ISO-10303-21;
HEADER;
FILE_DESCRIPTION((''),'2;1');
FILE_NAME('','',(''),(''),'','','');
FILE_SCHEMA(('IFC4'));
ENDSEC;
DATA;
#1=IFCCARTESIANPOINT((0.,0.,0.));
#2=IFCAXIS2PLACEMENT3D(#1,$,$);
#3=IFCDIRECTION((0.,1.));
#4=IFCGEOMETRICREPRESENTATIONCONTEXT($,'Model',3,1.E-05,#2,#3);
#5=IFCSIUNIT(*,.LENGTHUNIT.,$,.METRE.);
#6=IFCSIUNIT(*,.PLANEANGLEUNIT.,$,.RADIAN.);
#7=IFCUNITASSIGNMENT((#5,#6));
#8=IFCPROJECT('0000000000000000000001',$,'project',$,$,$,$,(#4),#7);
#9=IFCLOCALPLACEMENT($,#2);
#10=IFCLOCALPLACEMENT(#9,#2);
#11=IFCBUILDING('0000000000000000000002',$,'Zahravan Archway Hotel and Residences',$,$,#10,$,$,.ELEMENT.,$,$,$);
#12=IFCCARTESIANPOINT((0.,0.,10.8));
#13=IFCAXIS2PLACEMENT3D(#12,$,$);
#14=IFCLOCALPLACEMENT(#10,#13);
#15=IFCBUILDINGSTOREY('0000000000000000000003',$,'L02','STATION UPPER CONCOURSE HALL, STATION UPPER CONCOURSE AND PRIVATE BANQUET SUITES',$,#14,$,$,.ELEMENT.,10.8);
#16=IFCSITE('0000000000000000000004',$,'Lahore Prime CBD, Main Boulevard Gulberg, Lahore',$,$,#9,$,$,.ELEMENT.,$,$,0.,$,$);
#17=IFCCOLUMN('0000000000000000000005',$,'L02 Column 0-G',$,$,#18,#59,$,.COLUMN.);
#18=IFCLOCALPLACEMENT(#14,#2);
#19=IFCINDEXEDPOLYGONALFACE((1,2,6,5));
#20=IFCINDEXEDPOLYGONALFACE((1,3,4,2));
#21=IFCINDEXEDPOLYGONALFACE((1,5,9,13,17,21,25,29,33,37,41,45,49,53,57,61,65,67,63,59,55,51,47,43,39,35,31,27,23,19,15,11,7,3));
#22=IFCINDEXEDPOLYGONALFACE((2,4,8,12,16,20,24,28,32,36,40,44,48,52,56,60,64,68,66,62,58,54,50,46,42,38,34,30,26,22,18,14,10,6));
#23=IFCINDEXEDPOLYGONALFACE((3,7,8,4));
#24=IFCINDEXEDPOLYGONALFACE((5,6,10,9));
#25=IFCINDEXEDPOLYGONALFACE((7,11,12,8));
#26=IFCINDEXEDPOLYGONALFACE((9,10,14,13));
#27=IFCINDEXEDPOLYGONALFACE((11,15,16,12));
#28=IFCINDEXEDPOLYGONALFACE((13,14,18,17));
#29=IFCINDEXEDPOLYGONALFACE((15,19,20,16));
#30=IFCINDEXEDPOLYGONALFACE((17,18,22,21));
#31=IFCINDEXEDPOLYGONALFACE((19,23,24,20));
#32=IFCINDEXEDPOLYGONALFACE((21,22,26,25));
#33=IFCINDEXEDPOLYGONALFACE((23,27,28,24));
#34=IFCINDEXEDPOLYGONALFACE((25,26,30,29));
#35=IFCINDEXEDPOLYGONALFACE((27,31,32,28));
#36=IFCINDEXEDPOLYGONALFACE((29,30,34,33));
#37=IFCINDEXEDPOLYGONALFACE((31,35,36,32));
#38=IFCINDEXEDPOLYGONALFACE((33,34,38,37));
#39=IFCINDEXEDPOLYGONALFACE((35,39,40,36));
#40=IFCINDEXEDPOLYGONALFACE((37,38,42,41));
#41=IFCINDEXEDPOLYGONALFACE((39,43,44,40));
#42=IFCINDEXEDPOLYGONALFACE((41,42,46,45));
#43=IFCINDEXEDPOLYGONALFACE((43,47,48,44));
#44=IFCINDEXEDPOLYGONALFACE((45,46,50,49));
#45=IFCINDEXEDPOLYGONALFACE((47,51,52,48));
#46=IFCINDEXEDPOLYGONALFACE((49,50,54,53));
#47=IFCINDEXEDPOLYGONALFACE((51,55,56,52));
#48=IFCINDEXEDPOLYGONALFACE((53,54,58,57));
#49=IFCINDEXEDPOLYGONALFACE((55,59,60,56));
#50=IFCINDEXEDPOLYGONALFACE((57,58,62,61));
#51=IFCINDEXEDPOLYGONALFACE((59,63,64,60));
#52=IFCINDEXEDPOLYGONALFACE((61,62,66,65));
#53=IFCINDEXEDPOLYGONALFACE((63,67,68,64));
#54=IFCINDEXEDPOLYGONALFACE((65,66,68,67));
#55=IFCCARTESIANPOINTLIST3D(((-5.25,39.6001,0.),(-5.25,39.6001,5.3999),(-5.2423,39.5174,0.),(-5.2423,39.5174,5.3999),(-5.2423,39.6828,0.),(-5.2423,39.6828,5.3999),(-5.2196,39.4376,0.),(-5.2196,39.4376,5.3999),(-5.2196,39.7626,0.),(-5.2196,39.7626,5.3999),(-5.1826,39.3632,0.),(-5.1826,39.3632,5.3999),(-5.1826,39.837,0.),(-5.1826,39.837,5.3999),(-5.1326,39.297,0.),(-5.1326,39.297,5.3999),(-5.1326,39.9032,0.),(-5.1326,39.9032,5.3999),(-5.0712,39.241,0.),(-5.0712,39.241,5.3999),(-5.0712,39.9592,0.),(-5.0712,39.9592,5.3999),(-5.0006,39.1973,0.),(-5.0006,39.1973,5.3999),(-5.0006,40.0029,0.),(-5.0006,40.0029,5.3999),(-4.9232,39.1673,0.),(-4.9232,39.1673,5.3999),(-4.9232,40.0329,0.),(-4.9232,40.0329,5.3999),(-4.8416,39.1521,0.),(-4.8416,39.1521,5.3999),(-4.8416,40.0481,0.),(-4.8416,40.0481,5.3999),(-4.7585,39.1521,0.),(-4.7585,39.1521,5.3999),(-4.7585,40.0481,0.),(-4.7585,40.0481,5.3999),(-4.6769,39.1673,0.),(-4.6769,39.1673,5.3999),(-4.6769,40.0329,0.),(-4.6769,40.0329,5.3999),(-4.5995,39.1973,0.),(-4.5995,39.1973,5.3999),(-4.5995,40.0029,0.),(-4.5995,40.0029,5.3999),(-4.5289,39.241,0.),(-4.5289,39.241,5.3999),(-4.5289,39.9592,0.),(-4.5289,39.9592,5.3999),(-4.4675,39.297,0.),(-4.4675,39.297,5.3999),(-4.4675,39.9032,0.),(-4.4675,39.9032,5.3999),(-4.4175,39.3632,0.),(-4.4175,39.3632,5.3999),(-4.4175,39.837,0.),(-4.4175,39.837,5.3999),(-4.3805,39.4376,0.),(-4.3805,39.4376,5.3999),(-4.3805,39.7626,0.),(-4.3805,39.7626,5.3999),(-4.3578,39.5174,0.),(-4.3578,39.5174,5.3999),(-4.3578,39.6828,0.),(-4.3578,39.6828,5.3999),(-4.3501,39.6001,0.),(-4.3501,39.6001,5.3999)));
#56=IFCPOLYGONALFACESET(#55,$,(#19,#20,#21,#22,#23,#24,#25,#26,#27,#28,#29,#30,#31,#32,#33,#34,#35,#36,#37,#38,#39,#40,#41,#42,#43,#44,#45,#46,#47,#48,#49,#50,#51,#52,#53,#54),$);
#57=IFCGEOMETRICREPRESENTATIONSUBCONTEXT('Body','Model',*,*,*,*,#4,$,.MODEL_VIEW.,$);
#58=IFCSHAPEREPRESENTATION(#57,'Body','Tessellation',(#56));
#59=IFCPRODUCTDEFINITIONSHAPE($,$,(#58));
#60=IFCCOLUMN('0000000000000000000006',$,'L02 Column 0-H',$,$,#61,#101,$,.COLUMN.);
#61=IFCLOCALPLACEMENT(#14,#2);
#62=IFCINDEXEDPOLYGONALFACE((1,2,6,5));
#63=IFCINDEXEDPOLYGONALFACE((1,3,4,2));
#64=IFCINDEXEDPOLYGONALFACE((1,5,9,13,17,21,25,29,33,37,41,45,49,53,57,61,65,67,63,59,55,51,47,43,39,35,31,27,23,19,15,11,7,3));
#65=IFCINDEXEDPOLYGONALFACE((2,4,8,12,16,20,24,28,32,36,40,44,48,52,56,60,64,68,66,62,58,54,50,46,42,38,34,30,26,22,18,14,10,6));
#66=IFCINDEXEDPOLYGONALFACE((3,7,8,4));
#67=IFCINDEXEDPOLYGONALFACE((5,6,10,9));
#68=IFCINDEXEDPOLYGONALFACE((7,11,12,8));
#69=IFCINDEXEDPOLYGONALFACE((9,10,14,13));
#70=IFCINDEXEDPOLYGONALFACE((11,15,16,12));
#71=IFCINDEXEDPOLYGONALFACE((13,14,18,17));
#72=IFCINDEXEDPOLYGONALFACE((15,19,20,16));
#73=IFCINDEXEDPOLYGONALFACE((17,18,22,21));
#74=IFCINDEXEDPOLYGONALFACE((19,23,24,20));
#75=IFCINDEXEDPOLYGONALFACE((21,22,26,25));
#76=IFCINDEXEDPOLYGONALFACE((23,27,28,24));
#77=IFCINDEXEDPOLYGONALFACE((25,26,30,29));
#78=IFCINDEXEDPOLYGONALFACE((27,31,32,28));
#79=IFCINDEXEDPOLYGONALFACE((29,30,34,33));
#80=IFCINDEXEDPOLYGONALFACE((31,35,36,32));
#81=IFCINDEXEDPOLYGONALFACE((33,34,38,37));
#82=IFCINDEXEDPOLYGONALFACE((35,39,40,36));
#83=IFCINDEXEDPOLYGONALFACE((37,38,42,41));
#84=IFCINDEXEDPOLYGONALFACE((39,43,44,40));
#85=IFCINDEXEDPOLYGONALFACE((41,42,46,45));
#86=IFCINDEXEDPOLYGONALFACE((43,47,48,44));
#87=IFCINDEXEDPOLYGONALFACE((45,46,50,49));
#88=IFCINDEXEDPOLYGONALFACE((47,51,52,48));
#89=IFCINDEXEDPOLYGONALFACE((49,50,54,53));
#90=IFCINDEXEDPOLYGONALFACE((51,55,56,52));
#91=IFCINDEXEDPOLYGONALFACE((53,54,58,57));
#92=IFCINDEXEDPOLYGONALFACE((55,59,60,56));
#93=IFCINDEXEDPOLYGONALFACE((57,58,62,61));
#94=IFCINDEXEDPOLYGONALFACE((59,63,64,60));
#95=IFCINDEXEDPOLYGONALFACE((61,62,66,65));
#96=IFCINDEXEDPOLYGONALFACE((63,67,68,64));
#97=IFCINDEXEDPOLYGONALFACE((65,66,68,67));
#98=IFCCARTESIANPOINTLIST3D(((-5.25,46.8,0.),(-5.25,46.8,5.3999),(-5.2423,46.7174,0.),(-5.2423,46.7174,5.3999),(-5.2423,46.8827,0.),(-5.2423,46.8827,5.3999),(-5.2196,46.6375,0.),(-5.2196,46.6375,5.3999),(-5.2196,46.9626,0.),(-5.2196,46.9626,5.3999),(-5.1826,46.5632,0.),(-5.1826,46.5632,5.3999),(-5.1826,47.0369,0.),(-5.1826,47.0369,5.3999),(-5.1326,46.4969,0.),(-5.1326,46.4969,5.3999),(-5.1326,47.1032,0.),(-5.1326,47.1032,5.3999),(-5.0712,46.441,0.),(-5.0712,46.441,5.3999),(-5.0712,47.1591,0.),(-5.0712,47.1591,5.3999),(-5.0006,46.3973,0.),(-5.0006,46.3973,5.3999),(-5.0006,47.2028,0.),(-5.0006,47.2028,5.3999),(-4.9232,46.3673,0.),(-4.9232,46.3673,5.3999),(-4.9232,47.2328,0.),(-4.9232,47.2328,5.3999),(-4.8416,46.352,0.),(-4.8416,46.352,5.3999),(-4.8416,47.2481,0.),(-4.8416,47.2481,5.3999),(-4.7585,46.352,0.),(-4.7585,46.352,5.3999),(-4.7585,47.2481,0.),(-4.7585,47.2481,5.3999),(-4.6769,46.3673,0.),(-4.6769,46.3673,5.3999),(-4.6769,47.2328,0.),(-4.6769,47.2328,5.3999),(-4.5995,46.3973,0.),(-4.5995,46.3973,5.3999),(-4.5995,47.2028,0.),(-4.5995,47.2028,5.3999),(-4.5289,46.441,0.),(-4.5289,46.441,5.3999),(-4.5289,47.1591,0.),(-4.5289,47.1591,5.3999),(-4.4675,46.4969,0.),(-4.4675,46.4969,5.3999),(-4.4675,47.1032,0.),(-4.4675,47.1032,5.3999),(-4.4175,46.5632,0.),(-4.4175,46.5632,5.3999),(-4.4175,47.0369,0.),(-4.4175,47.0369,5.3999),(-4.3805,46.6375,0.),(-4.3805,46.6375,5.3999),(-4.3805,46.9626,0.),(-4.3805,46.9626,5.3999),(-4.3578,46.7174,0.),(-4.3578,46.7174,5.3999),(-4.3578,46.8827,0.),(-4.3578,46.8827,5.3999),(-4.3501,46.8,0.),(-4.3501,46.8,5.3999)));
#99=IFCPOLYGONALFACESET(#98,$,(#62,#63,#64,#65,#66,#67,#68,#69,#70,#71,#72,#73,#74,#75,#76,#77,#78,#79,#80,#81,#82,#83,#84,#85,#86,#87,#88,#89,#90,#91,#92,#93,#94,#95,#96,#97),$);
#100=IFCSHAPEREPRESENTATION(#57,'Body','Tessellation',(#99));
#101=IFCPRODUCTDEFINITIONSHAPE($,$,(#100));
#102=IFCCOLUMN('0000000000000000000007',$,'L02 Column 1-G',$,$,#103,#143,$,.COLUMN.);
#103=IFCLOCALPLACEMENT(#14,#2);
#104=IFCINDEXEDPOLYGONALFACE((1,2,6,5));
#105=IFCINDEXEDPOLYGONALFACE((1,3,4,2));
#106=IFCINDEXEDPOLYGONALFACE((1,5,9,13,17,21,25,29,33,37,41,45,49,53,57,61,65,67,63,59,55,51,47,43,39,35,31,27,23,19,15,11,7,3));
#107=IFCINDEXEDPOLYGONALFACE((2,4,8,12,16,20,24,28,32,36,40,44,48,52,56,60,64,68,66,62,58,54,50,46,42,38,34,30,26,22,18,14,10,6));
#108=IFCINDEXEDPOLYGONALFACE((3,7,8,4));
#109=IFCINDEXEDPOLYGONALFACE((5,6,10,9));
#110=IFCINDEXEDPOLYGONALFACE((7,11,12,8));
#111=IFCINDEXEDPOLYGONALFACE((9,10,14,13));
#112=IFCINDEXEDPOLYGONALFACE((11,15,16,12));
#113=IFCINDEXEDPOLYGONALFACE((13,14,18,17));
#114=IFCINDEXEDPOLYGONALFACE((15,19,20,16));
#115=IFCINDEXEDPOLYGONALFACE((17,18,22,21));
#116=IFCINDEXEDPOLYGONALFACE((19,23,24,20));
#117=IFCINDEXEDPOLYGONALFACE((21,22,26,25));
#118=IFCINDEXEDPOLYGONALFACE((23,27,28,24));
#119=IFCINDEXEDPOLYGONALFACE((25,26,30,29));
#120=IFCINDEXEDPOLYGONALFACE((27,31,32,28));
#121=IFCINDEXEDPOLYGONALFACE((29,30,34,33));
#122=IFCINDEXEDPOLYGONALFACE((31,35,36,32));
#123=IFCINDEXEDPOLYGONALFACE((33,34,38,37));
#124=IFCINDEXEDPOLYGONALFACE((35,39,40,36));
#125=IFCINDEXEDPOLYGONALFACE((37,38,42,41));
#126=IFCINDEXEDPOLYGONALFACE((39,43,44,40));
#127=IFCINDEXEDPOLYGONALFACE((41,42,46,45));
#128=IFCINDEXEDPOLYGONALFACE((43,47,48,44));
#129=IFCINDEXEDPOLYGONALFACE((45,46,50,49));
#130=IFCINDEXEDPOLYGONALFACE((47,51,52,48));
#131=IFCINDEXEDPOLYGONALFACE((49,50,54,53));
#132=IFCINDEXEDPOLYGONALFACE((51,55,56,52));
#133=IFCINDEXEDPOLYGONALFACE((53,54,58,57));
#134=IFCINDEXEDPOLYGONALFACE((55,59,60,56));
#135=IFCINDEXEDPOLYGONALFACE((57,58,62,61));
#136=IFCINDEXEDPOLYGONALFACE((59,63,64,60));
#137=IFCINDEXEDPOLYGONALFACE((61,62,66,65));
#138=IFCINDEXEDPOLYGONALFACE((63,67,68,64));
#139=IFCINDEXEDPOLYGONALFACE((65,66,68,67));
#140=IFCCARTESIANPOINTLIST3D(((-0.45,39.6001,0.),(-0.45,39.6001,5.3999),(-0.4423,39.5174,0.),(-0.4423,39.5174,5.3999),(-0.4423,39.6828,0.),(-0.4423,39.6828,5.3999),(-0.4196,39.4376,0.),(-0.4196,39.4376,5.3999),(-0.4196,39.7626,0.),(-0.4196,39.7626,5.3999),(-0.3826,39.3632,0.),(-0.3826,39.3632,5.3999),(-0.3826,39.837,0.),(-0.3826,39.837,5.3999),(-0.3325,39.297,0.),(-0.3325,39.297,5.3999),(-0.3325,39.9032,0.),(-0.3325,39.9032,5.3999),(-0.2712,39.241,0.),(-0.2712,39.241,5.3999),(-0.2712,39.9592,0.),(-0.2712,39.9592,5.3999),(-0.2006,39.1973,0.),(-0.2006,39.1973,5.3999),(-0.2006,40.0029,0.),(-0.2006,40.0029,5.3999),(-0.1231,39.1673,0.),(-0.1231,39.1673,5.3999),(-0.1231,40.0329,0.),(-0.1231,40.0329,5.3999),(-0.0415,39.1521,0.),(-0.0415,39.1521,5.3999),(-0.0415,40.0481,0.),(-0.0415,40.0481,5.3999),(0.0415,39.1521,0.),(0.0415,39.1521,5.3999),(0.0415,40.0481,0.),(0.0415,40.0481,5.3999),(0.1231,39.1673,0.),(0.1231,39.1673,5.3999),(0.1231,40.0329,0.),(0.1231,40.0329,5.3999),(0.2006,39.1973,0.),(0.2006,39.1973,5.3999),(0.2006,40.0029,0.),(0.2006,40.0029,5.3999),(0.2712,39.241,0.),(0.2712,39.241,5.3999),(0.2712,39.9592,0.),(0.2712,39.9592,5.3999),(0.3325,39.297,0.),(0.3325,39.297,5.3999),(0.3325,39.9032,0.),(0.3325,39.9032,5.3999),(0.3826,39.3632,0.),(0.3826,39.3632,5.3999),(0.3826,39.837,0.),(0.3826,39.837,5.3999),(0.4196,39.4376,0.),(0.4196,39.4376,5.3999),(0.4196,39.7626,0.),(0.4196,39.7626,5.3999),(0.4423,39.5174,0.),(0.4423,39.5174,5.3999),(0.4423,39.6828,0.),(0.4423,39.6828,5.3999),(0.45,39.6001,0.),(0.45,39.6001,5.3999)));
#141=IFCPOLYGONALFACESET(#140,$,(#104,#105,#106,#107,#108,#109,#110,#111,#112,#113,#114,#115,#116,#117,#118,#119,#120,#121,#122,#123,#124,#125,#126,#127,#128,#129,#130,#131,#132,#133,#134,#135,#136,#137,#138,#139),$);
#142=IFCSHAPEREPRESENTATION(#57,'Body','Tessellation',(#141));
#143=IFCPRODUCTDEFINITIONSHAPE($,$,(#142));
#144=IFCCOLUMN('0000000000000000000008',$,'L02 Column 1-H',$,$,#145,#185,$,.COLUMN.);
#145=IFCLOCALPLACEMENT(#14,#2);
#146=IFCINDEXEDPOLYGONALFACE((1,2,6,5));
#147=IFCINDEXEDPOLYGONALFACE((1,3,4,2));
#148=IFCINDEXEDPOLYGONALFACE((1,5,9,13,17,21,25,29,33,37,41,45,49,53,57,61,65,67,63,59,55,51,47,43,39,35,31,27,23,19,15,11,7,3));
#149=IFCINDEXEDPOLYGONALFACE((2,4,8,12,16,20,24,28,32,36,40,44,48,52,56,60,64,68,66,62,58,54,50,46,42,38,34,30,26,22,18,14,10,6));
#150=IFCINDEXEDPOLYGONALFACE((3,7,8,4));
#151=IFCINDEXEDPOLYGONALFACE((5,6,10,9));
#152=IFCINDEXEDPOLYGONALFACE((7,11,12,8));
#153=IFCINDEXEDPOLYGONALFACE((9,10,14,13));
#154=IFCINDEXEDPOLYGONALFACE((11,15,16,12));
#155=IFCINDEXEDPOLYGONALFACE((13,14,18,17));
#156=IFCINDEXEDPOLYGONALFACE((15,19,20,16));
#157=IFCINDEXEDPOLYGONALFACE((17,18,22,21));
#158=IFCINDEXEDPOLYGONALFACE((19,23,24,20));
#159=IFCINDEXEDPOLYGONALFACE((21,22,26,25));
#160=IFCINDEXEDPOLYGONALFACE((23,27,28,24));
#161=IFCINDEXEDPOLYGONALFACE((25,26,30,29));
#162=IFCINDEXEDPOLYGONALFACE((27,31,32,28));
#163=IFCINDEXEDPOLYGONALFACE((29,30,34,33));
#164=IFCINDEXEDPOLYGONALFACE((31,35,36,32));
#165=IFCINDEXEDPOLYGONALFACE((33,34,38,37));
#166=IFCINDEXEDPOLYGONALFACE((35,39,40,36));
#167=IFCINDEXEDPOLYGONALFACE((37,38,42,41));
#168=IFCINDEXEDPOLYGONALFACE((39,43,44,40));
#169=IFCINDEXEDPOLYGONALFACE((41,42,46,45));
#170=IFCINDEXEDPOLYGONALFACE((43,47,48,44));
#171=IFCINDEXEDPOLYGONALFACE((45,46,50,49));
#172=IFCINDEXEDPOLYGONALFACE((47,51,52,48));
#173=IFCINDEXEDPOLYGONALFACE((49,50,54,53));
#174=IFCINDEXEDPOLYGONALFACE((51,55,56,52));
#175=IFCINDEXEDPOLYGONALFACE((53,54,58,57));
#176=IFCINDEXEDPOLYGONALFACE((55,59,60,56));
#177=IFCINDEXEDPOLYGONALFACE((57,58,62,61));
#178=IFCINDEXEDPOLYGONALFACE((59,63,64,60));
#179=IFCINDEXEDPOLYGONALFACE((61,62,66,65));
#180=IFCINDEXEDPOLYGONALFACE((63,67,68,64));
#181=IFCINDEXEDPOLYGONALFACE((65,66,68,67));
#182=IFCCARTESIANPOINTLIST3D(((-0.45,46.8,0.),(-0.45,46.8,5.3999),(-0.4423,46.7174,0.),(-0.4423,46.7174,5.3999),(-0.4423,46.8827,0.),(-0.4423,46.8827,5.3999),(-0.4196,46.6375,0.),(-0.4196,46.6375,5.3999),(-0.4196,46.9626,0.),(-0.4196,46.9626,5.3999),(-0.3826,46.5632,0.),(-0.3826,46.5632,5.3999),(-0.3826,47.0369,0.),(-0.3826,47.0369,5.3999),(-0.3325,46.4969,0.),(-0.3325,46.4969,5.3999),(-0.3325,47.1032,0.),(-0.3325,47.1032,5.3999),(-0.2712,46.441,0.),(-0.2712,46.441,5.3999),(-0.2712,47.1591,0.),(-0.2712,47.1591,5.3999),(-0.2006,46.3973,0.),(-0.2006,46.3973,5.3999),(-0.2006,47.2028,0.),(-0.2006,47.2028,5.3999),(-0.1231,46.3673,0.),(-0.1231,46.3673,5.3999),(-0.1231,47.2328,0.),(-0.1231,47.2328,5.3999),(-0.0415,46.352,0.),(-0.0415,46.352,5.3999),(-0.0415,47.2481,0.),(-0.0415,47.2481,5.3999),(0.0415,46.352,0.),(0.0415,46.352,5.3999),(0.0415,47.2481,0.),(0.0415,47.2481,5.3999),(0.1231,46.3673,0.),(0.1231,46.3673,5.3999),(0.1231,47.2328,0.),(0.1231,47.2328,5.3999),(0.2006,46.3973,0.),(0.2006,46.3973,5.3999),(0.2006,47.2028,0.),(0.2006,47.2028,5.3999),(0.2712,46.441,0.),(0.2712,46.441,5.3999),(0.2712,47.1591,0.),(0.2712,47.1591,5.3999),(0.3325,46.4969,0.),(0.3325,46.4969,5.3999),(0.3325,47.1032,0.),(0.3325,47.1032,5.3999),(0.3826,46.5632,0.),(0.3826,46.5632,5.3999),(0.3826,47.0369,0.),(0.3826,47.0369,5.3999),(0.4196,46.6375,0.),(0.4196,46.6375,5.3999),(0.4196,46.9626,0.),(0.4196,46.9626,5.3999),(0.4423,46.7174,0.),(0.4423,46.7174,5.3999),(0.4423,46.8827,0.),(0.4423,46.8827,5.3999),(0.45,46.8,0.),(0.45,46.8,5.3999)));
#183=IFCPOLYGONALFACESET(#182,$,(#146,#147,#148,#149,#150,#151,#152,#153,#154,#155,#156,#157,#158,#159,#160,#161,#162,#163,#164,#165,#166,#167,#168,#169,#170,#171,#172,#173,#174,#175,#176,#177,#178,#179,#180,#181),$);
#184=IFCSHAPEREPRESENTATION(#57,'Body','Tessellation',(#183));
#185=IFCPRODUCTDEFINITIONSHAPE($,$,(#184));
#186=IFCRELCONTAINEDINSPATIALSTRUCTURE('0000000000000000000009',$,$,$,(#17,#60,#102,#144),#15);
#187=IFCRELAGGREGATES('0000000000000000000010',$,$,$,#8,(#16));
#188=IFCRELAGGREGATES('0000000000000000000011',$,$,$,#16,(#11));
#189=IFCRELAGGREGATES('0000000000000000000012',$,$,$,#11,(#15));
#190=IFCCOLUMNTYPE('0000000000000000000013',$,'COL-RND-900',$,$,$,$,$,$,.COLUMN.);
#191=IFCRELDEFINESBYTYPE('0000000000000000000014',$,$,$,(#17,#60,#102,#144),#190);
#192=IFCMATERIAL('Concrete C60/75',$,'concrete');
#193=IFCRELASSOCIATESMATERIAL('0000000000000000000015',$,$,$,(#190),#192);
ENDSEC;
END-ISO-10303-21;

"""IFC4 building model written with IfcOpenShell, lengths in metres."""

from ifc_helpers import new_model, si_unit, direction, frame, origin, origin_2d, place, context, subcontext, project, spatial, circle, extrude, source, transform, mapped, material, material_profile, profile_set, type_object, type_shapes, element, save


model = new_model("IFC4")

# Units and contexts
model_context = context("Model", 3, precision=1e-05, world=origin(), true_north=direction((0.0, 1.0)))
body_context = subcontext(model_context, "Body", "Model", "MODEL_VIEW")
ifc_project = project(units=[si_unit("LENGTHUNIT", "METRE"), si_unit("PLANEANGLEUNIT", "RADIAN")], contexts=[model_context])

# Site, building, storey
site_placement = place(None, origin())
site = spatial("IfcSite", under=ifc_project, at=site_placement, Name="Lahore Prime CBD, Main Boulevard Gulberg, Lahore", CompositionType="ELEMENT", RefElevation=0.0)
building_placement = place(site_placement, origin())
building = spatial("IfcBuilding", under=site, at=building_placement, Name="Zahravan Archway Hotel and Residences", CompositionType="ELEMENT")
storey_placement = place(building_placement, frame((0.0, 0.0, 10.8)))
storey = spatial("IfcBuildingStorey", under=building, at=storey_placement, Name="L02", Description="STATION UPPER CONCOURSE HALL, STATION UPPER CONCOURSE AND PRIVATE BANQUET SUITES", CompositionType="ELEMENT", Elevation=10.8)

# Columns
ifc_material_1 = material(Name="Concrete C60/75", Category="concrete")
ifc_material_profile_1 = material_profile(ifc_material_1, circle(Radius=0.45, at=origin_2d()), Name="RC-CIRC-900", Category="concrete")
ifc_profile_set_1 = profile_set([ifc_material_profile_1], Name="Concrete C60/75")
column_type = type_object("IfcColumnType", Name="COL-RND-900", PredefinedType="COLUMN", material=ifc_profile_set_1)
shared_shape_1 = source(origin(), body_context, "Body", "SweptSolid", [
    extrude(circle(Radius=0.45, at=origin_2d()), origin(), (0.0, 0.0, 1.0), 5.3999),
])
type_shapes(column_type, [shared_shape_1])
for number, where, z_axis, x_axis, name in (
    (1, (-4.8, 39.6001, 0.0), (0.0, 0.0, 1.0), (1.0, 0.0, 0.0), "L02 Column 0-G"),
    (2, (-4.8, 46.8, 0.0), (0.0, 0.0, 1.0), (1.0, 0.0, 0.0), "L02 Column 0-H"),
    (3, (0.0, 39.6001, 0.0), (0.0, 0.0, 1.0), (1.0, 0.0, 0.0), "L02 Column 1-G"),
    (4, (0.0, 46.8, 0.0), (0.0, 0.0, 1.0), (1.0, 0.0, 0.0), "L02 Column 1-H"),
):
    element("IfcColumn", number, at=place(storey_placement, frame(where, z_axis=z_axis, x_axis=x_axis)), inside=storey, type_object=column_type, Name=name, PredefinedType="COLUMN", context=body_context, shape_type="MappedRepresentation", body=[
        mapped(shared_shape_1, transform((0.0, 0.0, 0.0), scale=1.0)),
    ])

save(model, "model.ifc")
